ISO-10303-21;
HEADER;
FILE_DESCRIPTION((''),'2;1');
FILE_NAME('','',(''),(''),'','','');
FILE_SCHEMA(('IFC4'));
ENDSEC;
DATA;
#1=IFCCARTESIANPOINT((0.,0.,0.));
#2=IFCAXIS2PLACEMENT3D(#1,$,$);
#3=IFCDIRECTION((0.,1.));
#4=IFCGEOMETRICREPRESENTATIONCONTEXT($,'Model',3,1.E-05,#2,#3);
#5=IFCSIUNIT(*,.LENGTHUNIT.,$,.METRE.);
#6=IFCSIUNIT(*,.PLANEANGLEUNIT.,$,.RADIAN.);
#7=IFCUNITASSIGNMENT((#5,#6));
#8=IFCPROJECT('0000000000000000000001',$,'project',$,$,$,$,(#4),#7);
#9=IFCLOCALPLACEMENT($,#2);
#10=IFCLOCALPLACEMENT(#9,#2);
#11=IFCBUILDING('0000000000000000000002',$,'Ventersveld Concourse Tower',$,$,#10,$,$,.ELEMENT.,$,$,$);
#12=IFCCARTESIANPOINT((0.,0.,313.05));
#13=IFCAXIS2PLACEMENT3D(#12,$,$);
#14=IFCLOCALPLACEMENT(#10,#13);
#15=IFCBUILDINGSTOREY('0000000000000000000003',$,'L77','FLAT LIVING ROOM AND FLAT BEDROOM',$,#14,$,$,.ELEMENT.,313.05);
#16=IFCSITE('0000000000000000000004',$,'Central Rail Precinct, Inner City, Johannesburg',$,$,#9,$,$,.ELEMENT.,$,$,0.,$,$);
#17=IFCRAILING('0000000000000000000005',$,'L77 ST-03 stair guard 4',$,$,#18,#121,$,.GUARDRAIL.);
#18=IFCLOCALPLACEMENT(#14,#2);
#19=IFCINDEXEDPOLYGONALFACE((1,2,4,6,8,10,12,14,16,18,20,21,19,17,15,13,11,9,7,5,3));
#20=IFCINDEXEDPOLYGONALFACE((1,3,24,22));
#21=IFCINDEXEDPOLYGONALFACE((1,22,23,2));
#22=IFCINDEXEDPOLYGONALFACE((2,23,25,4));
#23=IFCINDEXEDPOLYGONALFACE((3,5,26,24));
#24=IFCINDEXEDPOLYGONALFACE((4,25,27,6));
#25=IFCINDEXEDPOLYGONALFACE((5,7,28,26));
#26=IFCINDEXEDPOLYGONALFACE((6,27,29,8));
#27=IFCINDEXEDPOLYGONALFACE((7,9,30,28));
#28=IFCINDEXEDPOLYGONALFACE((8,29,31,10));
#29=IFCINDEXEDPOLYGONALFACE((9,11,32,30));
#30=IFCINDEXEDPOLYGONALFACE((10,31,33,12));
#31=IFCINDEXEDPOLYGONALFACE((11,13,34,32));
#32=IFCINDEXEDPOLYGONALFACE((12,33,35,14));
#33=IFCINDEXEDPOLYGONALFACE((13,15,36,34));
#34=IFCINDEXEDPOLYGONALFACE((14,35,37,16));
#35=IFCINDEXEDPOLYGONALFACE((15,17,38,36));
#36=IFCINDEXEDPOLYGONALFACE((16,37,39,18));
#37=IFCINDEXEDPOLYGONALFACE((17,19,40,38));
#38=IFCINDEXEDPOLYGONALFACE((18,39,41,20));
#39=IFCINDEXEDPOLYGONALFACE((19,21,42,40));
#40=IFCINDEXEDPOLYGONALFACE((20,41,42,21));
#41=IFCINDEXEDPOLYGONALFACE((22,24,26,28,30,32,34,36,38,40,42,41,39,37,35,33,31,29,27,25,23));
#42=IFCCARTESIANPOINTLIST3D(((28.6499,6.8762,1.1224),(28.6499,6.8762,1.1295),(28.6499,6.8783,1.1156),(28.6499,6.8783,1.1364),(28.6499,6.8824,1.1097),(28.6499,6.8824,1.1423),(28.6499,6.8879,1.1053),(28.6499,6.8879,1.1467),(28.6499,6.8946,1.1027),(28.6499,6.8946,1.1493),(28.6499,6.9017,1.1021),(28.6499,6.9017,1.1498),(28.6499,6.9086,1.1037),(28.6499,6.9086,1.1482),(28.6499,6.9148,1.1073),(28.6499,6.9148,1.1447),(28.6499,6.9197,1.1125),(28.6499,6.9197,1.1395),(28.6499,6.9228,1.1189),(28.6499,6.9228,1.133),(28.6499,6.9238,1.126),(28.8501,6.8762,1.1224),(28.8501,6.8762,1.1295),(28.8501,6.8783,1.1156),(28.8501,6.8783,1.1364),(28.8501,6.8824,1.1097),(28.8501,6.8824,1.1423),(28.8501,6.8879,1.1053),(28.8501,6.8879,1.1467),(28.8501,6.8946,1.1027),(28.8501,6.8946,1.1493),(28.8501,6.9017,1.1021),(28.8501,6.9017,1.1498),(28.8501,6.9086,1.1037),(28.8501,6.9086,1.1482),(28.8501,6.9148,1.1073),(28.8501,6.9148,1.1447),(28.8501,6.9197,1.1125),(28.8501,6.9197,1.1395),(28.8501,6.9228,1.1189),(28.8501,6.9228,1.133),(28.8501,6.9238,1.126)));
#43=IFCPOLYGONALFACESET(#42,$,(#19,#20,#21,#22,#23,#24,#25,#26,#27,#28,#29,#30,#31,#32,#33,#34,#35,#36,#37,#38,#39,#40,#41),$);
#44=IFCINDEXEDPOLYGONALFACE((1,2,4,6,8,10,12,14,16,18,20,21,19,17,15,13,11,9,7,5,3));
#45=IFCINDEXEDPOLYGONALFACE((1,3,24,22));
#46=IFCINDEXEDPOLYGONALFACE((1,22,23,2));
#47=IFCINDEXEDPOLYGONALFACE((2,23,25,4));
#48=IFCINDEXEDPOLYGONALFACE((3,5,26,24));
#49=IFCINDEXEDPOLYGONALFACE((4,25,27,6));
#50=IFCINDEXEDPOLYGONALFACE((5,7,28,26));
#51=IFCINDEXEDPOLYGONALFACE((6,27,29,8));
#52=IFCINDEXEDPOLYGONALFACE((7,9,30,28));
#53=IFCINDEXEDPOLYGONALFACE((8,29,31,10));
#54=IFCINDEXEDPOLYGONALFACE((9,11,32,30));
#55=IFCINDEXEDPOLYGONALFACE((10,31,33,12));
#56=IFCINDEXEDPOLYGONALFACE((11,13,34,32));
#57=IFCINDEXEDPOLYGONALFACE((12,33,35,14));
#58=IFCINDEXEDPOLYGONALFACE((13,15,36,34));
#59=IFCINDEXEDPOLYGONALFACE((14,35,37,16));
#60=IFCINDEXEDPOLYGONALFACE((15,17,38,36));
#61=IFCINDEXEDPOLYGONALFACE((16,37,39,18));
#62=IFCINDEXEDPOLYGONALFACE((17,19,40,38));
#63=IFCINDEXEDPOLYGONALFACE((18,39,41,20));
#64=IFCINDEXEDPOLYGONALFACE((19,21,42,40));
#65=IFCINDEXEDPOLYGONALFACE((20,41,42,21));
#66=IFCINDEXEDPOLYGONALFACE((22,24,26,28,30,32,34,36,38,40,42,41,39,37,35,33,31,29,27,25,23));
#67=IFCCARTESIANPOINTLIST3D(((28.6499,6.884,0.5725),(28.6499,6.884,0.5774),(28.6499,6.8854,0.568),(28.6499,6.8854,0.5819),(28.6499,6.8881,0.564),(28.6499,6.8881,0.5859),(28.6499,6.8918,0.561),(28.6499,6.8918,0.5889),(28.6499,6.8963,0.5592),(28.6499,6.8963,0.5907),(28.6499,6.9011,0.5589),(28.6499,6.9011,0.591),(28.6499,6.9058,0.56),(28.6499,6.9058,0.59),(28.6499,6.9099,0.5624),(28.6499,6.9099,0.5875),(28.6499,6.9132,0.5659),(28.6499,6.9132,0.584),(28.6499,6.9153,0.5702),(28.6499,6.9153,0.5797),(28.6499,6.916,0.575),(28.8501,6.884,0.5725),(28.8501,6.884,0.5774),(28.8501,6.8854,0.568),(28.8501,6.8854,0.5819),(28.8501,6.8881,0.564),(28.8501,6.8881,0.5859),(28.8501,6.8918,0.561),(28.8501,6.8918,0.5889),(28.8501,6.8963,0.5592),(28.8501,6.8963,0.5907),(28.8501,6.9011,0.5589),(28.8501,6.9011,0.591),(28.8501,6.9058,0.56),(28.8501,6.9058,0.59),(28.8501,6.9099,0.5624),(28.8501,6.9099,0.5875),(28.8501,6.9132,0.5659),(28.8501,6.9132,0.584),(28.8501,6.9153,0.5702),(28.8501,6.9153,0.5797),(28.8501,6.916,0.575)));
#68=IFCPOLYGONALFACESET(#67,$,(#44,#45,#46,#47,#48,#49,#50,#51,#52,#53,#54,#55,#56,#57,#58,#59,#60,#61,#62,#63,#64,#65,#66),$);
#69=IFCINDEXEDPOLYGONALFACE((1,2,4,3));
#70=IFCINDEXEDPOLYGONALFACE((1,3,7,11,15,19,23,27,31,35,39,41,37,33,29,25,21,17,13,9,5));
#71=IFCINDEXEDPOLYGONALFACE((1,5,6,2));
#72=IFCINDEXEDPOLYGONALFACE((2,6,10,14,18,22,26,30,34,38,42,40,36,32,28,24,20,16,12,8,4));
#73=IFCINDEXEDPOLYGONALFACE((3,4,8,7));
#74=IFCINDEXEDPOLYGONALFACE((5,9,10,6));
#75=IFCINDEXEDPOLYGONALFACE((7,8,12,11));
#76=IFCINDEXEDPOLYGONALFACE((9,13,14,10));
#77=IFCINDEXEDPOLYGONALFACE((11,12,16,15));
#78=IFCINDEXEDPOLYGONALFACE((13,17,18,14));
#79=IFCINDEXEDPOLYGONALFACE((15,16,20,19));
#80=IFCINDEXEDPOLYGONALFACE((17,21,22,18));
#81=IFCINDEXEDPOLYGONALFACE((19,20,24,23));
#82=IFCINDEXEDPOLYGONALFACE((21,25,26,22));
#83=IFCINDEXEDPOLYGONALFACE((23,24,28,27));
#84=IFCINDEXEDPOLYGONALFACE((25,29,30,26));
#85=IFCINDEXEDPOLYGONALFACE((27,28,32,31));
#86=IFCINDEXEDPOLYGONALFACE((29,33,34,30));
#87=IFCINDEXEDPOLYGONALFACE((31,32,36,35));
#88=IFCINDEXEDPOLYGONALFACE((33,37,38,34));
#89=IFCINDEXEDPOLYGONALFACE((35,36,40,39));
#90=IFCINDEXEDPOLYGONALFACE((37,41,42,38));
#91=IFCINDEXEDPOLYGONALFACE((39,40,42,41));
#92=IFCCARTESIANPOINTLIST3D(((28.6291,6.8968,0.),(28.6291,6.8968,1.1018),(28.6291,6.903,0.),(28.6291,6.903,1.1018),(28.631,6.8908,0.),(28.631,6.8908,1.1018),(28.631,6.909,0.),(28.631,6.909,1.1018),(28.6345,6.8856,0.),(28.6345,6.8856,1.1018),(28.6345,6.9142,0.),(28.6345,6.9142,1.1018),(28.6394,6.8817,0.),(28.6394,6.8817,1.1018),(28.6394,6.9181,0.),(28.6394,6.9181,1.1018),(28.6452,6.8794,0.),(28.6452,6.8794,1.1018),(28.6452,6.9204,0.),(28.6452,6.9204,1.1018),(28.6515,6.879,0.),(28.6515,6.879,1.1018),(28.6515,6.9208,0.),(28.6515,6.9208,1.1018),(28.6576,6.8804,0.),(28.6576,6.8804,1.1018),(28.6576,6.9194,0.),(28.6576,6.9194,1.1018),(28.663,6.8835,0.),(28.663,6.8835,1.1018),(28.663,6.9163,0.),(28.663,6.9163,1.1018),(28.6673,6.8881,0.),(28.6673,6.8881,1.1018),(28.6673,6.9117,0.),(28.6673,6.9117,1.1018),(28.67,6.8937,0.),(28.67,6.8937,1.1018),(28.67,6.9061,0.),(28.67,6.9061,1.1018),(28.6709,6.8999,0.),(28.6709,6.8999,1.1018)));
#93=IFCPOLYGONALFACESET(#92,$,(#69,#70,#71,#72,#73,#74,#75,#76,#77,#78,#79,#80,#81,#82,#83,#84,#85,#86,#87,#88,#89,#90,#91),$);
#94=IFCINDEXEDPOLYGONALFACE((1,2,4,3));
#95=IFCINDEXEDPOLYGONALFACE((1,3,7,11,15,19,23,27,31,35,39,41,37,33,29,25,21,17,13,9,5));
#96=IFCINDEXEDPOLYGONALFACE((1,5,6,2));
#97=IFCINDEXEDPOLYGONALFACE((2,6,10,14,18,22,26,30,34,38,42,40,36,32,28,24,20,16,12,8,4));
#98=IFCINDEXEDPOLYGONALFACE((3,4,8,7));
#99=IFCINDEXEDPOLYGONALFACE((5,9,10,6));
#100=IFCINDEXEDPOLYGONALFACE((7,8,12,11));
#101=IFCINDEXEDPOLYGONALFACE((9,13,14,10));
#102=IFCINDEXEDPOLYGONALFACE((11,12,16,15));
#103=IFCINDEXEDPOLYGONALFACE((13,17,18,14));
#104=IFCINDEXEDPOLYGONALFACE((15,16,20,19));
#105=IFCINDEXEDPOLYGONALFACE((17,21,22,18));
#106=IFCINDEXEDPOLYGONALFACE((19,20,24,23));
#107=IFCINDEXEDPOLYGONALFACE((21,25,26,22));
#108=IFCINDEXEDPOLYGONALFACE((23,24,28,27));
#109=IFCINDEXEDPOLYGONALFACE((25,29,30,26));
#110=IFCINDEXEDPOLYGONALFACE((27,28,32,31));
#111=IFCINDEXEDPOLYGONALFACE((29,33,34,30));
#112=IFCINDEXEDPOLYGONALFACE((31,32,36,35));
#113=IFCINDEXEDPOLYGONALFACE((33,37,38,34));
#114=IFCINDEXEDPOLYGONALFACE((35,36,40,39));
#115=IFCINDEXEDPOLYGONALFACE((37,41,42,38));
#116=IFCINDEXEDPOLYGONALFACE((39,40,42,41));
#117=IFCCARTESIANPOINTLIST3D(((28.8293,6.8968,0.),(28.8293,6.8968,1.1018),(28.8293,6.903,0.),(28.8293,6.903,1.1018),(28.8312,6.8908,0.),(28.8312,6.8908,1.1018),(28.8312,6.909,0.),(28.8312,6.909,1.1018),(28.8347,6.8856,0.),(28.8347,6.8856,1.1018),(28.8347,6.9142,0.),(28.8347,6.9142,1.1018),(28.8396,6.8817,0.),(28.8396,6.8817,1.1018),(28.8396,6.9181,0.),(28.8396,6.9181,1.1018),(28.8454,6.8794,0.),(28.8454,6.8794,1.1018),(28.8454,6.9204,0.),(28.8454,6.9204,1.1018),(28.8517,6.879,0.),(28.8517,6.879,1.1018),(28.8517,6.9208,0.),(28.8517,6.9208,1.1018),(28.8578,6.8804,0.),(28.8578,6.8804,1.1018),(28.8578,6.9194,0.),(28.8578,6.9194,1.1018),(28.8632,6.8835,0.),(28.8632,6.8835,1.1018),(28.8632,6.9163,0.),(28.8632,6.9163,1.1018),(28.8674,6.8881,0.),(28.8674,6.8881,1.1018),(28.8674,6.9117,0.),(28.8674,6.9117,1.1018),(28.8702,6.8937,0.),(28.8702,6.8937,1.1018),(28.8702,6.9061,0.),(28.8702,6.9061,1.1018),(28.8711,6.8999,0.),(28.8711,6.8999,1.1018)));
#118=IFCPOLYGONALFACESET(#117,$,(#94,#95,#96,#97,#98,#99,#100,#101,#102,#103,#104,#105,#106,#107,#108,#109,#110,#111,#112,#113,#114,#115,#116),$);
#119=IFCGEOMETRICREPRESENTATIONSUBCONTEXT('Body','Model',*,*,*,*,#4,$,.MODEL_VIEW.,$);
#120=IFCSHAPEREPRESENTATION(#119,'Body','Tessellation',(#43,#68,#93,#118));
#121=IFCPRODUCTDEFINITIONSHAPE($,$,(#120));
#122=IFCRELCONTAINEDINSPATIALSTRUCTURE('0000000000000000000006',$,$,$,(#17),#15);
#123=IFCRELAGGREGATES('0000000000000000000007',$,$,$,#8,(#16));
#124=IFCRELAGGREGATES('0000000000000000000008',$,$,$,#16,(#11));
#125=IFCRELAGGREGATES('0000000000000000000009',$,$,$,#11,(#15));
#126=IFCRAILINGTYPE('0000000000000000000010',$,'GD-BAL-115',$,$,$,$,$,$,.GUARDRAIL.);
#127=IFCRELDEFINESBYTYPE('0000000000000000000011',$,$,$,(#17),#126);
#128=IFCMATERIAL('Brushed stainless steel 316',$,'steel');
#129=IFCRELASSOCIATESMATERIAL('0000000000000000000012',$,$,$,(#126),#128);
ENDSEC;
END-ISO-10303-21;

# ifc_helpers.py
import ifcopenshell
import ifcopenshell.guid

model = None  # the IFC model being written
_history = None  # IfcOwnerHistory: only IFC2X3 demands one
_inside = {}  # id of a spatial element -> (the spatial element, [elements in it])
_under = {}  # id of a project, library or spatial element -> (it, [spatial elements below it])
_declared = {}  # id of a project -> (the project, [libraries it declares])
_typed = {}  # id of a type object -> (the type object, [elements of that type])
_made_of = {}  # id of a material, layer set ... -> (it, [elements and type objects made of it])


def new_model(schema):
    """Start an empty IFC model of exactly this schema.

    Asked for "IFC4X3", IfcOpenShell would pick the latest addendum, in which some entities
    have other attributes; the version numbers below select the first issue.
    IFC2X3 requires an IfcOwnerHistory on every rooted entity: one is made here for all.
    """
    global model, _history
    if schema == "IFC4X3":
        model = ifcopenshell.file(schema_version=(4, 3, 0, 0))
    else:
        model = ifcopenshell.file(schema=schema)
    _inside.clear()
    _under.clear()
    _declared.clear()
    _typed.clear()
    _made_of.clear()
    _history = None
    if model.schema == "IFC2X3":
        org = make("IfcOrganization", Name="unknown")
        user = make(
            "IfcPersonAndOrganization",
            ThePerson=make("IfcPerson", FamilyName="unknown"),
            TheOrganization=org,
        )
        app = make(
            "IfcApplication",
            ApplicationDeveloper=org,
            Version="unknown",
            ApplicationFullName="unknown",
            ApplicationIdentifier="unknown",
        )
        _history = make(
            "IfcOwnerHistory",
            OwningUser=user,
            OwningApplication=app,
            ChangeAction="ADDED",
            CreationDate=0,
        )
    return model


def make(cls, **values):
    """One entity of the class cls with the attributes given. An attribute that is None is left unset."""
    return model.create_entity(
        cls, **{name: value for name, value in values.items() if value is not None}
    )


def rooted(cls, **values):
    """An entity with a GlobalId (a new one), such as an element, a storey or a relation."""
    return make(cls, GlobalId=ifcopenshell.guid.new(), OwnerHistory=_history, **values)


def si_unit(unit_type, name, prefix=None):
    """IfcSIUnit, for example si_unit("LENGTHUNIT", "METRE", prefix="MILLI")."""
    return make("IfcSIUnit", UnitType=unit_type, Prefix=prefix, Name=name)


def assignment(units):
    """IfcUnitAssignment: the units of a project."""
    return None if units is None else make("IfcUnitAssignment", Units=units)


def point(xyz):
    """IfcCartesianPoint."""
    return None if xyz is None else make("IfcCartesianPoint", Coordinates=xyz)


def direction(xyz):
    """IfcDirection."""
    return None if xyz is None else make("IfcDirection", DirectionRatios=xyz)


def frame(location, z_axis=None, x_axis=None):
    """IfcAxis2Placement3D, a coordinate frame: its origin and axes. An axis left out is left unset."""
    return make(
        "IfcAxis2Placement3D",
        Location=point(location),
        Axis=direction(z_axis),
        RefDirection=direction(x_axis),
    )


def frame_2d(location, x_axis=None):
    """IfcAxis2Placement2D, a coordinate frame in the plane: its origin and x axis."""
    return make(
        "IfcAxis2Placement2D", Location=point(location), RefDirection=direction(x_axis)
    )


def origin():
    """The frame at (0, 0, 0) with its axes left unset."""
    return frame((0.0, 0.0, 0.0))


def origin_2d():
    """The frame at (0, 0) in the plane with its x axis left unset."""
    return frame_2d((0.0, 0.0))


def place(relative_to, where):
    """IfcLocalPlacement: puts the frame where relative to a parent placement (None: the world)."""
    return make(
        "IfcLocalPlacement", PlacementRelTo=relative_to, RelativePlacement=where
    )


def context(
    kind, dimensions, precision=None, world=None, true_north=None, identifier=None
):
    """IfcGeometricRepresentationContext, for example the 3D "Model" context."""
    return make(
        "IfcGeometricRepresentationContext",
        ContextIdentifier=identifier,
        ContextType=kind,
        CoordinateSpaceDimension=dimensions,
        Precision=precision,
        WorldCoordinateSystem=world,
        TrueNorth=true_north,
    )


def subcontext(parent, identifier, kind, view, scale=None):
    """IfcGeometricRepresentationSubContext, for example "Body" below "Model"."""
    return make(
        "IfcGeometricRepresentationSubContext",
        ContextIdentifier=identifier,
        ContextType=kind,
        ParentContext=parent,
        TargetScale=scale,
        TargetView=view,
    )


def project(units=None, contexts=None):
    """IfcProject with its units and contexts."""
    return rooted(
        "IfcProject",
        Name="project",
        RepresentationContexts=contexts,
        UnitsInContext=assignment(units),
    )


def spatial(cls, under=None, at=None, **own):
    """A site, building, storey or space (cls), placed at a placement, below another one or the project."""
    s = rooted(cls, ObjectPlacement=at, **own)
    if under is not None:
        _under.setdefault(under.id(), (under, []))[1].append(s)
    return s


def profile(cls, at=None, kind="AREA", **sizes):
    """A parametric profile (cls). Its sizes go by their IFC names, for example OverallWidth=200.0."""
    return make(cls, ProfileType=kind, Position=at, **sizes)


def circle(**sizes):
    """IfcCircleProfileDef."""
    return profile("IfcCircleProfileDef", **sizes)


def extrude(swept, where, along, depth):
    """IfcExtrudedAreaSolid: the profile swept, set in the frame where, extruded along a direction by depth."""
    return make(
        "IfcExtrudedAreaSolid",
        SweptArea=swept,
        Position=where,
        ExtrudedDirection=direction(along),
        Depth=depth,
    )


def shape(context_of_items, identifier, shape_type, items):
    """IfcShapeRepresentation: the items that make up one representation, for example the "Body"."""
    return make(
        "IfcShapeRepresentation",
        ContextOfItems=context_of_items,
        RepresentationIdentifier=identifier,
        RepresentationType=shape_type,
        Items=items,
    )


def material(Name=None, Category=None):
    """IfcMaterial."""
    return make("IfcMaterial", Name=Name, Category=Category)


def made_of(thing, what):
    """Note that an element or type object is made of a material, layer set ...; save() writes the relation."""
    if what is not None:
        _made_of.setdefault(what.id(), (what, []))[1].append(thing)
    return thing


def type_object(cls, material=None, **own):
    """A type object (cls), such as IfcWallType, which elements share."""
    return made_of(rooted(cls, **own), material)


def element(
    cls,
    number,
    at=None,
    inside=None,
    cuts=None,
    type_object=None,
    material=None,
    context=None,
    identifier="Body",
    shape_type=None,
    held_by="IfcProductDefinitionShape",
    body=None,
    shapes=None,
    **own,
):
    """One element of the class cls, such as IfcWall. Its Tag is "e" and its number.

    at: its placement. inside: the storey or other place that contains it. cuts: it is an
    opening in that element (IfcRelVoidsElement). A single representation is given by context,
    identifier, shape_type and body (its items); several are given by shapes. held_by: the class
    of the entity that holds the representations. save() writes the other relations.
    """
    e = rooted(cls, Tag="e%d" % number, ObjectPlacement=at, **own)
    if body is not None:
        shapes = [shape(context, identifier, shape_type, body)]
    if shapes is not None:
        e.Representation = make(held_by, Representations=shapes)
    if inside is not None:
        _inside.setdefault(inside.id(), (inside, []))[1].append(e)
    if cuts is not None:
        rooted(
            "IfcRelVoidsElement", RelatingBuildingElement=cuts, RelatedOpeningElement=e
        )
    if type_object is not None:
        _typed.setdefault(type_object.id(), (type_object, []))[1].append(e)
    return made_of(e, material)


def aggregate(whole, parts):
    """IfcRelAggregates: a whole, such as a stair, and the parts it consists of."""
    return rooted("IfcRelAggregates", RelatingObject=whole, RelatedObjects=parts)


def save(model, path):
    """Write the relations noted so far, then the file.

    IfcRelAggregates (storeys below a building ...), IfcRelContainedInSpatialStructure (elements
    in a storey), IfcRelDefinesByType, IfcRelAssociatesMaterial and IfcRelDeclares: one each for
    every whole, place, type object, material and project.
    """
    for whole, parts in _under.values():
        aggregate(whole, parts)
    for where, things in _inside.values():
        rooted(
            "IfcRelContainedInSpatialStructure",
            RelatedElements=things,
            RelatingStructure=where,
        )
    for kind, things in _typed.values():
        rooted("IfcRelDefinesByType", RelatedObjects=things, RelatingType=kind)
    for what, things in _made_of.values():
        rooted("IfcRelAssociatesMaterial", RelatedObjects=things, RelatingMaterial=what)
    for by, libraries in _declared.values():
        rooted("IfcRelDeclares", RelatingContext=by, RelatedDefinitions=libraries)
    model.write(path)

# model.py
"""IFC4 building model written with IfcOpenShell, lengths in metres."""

from ifc_helpers import new_model, si_unit, direction, frame, origin, origin_2d, place, context, subcontext, project, spatial, circle, extrude, material, type_object, element, save


model = new_model("IFC4")

# Units and contexts
model_context = context("Model", 3, precision=1e-05, world=origin(), true_north=direction((0.0, 1.0)))
body_context = subcontext(model_context, "Body", "Model", "MODEL_VIEW")
ifc_project = project(units=[si_unit("LENGTHUNIT", "METRE"), si_unit("PLANEANGLEUNIT", "RADIAN")], contexts=[model_context])

# Site, building, storey
site_placement = place(None, origin())
site = spatial("IfcSite", under=ifc_project, at=site_placement, Name="Central Rail Precinct, Inner City, Johannesburg", CompositionType="ELEMENT", RefElevation=0.0)
building_placement = place(site_placement, origin())
building = spatial("IfcBuilding", under=site, at=building_placement, Name="Ventersveld Concourse Tower", CompositionType="ELEMENT")
storey_placement = place(building_placement, frame((0.0, 0.0, 313.05)))
storey = spatial("IfcBuildingStorey", under=building, at=storey_placement, Name="L77", Description="FLAT LIVING ROOM AND FLAT BEDROOM", CompositionType="ELEMENT", Elevation=313.05)

# Shared definitions
ifc_material_1 = material(Name="Brushed stainless steel 316", Category="steel")

# Railing
railing_type_1 = type_object("IfcRailingType", Name="GD-BAL-115", PredefinedType="GUARDRAIL", material=ifc_material_1)
railing_1_placement = place(storey_placement, frame((28.6499, 6.8999, 0.0)))
element("IfcRailing", 1, at=railing_1_placement, inside=storey, type_object=railing_type_1, Name="L77 ST-03 stair guard 4", PredefinedType="GUARDRAIL", context=body_context, shape_type="SweptSolid", body=[
    extrude(circle(Radius=0.0239, at=origin_2d()), frame((0.0, 0.0, 1.126), z_axis=(1.0, 0.0, 0.0), x_axis=(0.0, 1.0, 0.0)), (0.0, 0.0, 1.0), 0.2002),
    extrude(circle(Radius=0.0161, at=origin_2d()), frame((0.0, 0.0, 0.575), z_axis=(1.0, 0.0, 0.0), x_axis=(0.0, 1.0, 0.0)), (0.0, 0.0, 1.0), 0.2002),
    extrude(circle(Radius=0.021, at=origin_2d()), origin(), (0.0, 0.0, 1.0), 1.1018),
    extrude(circle(Radius=0.021, at=origin_2d()), frame((0.2002, 0.0, 0.0)), (0.0, 0.0, 1.0), 1.1018),
])

save(model, "model.ifc")
